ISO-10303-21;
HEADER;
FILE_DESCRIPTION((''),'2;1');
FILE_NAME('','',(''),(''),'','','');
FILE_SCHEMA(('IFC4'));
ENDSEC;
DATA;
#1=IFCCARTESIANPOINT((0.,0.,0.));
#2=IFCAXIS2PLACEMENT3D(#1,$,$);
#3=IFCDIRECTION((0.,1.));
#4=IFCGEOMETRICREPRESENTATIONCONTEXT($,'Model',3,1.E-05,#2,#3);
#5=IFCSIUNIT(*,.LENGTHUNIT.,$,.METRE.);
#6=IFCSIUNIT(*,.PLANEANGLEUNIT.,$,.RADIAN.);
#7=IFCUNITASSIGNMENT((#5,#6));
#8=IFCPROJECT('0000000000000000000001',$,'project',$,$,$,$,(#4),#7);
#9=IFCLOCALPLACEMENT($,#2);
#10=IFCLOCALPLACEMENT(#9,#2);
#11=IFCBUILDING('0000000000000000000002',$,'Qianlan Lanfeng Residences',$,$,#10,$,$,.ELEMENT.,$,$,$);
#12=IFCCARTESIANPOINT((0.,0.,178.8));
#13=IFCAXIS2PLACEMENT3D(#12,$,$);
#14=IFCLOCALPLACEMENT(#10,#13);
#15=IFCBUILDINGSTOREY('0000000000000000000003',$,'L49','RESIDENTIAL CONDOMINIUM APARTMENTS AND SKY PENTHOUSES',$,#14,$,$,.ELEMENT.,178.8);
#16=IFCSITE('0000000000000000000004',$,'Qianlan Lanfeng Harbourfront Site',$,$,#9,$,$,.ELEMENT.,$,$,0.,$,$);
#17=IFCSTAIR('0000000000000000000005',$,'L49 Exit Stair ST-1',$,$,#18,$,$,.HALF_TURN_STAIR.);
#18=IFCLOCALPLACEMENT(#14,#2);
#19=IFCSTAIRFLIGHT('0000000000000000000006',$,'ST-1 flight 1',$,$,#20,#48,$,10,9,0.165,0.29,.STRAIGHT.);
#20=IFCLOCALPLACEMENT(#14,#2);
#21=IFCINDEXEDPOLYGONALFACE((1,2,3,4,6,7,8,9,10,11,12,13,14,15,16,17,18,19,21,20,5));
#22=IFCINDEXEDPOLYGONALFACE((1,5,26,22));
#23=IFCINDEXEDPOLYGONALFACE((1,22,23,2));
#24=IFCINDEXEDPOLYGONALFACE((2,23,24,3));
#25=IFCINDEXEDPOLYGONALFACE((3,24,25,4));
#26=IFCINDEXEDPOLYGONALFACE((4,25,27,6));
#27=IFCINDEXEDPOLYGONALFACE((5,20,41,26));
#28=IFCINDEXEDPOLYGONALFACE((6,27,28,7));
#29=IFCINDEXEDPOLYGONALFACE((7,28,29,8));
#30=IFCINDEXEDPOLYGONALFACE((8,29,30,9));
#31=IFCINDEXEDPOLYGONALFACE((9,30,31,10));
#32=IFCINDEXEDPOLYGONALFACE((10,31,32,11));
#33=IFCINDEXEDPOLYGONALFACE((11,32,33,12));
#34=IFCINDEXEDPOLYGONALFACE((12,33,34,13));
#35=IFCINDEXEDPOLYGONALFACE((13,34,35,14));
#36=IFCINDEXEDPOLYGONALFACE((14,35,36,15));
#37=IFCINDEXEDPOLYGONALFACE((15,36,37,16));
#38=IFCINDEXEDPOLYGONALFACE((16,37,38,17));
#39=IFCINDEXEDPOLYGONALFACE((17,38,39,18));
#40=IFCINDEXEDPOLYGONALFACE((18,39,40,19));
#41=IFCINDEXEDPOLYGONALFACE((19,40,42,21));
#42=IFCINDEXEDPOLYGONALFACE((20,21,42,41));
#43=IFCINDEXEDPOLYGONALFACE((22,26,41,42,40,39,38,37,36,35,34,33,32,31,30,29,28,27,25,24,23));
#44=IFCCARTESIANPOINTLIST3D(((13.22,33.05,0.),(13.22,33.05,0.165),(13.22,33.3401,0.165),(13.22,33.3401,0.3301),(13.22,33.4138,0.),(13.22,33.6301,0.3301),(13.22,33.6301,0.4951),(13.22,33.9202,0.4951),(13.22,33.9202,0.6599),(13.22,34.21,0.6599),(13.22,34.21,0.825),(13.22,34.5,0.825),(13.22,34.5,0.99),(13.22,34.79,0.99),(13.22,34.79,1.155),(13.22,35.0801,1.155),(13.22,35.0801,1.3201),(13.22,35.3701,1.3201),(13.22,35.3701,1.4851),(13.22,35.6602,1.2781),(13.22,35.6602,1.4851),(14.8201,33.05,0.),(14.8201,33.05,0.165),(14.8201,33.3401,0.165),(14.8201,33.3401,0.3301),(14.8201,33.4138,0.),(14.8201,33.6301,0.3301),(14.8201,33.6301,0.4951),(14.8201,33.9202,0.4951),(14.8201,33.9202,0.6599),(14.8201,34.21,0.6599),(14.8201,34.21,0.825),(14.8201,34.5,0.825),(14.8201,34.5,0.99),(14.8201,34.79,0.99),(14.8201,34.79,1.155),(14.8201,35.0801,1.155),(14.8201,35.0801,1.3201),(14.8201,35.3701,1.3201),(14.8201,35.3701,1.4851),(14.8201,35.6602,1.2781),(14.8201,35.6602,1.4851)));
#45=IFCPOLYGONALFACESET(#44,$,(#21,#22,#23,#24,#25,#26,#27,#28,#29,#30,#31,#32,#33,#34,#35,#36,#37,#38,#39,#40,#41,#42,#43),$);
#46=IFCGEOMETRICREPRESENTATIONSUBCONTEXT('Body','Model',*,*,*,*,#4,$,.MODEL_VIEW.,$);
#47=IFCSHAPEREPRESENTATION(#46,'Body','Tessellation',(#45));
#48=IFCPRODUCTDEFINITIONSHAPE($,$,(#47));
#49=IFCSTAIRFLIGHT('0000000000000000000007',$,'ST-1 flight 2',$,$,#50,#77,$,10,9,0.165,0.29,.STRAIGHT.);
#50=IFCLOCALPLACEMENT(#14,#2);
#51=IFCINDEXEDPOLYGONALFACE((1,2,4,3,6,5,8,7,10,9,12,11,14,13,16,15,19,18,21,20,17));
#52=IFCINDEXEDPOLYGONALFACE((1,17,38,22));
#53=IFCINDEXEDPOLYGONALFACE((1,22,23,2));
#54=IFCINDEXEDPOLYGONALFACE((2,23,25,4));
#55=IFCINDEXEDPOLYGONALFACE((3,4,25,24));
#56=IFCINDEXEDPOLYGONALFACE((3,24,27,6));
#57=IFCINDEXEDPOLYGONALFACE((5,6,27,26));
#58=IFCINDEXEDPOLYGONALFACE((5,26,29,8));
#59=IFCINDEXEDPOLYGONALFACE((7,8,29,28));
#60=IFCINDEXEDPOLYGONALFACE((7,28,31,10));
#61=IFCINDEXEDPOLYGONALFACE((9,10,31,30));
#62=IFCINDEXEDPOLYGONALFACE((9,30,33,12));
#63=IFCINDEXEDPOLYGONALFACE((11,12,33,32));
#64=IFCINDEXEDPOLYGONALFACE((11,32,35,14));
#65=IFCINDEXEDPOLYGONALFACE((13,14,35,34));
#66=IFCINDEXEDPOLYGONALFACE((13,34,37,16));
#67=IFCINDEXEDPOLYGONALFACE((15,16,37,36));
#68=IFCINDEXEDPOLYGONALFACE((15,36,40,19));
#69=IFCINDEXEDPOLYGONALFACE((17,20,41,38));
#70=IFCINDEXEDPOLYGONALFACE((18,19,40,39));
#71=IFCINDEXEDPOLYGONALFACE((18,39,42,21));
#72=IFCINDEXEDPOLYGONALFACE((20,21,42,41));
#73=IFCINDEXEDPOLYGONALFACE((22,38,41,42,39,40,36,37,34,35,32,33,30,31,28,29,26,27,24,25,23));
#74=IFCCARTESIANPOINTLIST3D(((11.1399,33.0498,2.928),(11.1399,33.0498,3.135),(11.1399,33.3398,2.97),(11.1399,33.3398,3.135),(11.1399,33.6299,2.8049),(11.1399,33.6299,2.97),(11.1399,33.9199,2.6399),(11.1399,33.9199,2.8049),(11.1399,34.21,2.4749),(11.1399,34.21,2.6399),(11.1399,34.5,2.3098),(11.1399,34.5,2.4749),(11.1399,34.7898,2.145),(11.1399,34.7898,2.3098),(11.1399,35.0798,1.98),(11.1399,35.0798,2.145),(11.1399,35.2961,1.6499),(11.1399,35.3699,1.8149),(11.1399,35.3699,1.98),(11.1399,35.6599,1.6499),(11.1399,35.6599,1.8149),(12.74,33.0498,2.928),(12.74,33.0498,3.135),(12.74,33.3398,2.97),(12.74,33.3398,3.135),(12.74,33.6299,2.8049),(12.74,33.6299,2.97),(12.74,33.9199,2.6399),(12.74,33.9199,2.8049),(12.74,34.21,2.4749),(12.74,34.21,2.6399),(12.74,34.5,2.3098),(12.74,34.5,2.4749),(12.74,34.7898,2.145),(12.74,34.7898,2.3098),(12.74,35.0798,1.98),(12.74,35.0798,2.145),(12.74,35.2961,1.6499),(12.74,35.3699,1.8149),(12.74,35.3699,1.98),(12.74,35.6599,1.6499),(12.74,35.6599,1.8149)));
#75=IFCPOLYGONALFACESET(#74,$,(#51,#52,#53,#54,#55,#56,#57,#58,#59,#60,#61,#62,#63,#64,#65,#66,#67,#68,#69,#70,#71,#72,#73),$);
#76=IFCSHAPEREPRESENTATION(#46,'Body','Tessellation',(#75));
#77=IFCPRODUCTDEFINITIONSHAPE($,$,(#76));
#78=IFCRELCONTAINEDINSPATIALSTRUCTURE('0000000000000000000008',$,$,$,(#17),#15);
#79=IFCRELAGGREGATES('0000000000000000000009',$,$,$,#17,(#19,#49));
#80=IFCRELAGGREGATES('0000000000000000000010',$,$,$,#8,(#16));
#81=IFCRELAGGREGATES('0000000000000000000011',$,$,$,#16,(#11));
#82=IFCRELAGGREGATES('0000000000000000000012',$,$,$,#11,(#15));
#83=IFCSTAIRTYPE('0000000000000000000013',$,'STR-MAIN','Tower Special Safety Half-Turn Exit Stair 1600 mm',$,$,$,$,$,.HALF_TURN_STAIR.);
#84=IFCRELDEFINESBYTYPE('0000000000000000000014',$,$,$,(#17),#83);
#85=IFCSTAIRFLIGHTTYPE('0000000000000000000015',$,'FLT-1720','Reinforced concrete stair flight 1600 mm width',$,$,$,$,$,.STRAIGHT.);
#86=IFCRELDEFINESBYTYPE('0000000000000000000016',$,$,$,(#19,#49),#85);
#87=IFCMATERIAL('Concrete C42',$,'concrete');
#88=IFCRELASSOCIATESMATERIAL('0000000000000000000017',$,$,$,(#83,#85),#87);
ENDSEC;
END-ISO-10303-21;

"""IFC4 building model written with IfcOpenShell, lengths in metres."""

from ifc_helpers import new_model, si_unit, direction, frame, origin, place, context, subcontext, project, spatial, polyline, outline, extrude, material, type_object, element, aggregate, save


model = new_model("IFC4")

# Units and contexts
model_context = context("Model", 3, precision=1e-05, world=origin(), true_north=direction((0.0, 1.0)))
body_context = subcontext(model_context, "Body", "Model", "MODEL_VIEW")
ifc_project = project(units=[si_unit("LENGTHUNIT", "METRE"), si_unit("PLANEANGLEUNIT", "RADIAN")], contexts=[model_context])

# Site, building, storey
site_placement = place(None, origin())
site = spatial("IfcSite", under=ifc_project, at=site_placement, Name="Qianlan Lanfeng Harbourfront Site", CompositionType="ELEMENT", RefElevation=0.0)
building_placement = place(site_placement, origin())
building = spatial("IfcBuilding", under=site, at=building_placement, Name="Qianlan Lanfeng Residences", CompositionType="ELEMENT")
storey_placement = place(building_placement, frame((0.0, 0.0, 178.8)))
storey = spatial("IfcBuildingStorey", under=building, at=storey_placement, Name="L49", Description="RESIDENTIAL CONDOMINIUM APARTMENTS AND SKY PENTHOUSES", CompositionType="ELEMENT", Elevation=178.8)

# Shared definitions
ifc_material_1 = material(Name="Concrete C42", Category="concrete")

# Stair, stair flights
stair_type = type_object("IfcStairType", Name="STR-MAIN", Description="Tower Special Safety Half-Turn Exit Stair 1600 mm", PredefinedType="HALF_TURN_STAIR", material=ifc_material_1)
stair_placement = place(storey_placement, origin())
stair = element("IfcStair", 1, at=stair_placement, inside=storey, type_object=stair_type, Name="L49 Exit Stair ST-1", PredefinedType="HALF_TURN_STAIR")
stair_flight_type = type_object("IfcStairFlightType", Name="FLT-1720", Description="Reinforced concrete stair flight 1600 mm width", PredefinedType="STRAIGHT", material=ifc_material_1)
stair_flight_1_placement = place(storey_placement, frame((14.02, 33.05, 0.0), z_axis=(0.0, 0.0, 1.0), x_axis=(0.0, 1.0, 0.0)))
stair_flight_1 = element("IfcStairFlight", 2, at=stair_flight_1_placement, type_object=stair_flight_type, Name="ST-1 flight 1", NumberOfRisers=10, NumberOfTreads=9, PredefinedType="STRAIGHT", RiserHeight=0.165, TreadLength=0.29, context=body_context, shape_type="SweptSolid", body=[
    extrude(outline(polyline([(0.0, 0.0), (0.0, 0.165), (0.29, 0.165), (0.29, 0.3301), (0.5801, 0.3301), (0.5801, 0.4951), (0.8701, 0.4951), (0.8701, 0.6599), (1.1599, 0.6599), (1.1599, 0.825), (1.45, 0.825), (1.45, 0.99), (1.74, 0.99), (1.74, 1.155), (2.03, 1.155), (2.03, 1.3201), (2.3201, 1.3201), (2.3201, 1.4851), (2.6101, 1.4851), (2.6101, 1.6499), (2.6101, 1.2781), (0.3638, 0.0), (0.0, 0.0)])), frame((0.0, 0.8, 0.0), z_axis=(0.0, -1.0, 0.0), x_axis=(1.0, 0.0, 0.0)), (0.0, 0.0, 1.0), 1.6001),
])
stair_flight_2_placement = place(storey_placement, frame((11.9399, 35.6599, 1.6499), z_axis=(0.0, 0.0, 1.0), x_axis=(0.0, -1.0, 0.0)))
stair_flight_2 = element("IfcStairFlight", 3, at=stair_flight_2_placement, type_object=stair_flight_type, Name="ST-1 flight 2", NumberOfRisers=10, NumberOfTreads=9, PredefinedType="STRAIGHT", RiserHeight=0.165, TreadLength=0.29, context=body_context, shape_type="SweptSolid", body=[
    extrude(outline(polyline([(0.0, 0.0), (0.0, 0.165), (0.29, 0.165), (0.29, 0.3301), (0.5801, 0.3301), (0.5801, 0.4951), (0.8701, 0.4951), (0.8701, 0.6599), (1.1599, 0.6599), (1.1599, 0.825), (1.45, 0.825), (1.45, 0.99), (1.74, 0.99), (1.74, 1.155), (2.03, 1.155), (2.03, 1.3201), (2.3201, 1.3201), (2.3201, 1.4851), (2.6101, 1.4851), (2.6101, 1.6499), (2.6101, 1.2781), (0.3638, 0.0), (0.0, 0.0)])), frame((0.0, 0.8, 0.0), z_axis=(0.0, -1.0, 0.0), x_axis=(1.0, 0.0, 0.0)), (0.0, 0.0, 1.0), 1.6001),
])
aggregate(stair, [stair_flight_1, stair_flight_2])

save(model, "model.ifc")
